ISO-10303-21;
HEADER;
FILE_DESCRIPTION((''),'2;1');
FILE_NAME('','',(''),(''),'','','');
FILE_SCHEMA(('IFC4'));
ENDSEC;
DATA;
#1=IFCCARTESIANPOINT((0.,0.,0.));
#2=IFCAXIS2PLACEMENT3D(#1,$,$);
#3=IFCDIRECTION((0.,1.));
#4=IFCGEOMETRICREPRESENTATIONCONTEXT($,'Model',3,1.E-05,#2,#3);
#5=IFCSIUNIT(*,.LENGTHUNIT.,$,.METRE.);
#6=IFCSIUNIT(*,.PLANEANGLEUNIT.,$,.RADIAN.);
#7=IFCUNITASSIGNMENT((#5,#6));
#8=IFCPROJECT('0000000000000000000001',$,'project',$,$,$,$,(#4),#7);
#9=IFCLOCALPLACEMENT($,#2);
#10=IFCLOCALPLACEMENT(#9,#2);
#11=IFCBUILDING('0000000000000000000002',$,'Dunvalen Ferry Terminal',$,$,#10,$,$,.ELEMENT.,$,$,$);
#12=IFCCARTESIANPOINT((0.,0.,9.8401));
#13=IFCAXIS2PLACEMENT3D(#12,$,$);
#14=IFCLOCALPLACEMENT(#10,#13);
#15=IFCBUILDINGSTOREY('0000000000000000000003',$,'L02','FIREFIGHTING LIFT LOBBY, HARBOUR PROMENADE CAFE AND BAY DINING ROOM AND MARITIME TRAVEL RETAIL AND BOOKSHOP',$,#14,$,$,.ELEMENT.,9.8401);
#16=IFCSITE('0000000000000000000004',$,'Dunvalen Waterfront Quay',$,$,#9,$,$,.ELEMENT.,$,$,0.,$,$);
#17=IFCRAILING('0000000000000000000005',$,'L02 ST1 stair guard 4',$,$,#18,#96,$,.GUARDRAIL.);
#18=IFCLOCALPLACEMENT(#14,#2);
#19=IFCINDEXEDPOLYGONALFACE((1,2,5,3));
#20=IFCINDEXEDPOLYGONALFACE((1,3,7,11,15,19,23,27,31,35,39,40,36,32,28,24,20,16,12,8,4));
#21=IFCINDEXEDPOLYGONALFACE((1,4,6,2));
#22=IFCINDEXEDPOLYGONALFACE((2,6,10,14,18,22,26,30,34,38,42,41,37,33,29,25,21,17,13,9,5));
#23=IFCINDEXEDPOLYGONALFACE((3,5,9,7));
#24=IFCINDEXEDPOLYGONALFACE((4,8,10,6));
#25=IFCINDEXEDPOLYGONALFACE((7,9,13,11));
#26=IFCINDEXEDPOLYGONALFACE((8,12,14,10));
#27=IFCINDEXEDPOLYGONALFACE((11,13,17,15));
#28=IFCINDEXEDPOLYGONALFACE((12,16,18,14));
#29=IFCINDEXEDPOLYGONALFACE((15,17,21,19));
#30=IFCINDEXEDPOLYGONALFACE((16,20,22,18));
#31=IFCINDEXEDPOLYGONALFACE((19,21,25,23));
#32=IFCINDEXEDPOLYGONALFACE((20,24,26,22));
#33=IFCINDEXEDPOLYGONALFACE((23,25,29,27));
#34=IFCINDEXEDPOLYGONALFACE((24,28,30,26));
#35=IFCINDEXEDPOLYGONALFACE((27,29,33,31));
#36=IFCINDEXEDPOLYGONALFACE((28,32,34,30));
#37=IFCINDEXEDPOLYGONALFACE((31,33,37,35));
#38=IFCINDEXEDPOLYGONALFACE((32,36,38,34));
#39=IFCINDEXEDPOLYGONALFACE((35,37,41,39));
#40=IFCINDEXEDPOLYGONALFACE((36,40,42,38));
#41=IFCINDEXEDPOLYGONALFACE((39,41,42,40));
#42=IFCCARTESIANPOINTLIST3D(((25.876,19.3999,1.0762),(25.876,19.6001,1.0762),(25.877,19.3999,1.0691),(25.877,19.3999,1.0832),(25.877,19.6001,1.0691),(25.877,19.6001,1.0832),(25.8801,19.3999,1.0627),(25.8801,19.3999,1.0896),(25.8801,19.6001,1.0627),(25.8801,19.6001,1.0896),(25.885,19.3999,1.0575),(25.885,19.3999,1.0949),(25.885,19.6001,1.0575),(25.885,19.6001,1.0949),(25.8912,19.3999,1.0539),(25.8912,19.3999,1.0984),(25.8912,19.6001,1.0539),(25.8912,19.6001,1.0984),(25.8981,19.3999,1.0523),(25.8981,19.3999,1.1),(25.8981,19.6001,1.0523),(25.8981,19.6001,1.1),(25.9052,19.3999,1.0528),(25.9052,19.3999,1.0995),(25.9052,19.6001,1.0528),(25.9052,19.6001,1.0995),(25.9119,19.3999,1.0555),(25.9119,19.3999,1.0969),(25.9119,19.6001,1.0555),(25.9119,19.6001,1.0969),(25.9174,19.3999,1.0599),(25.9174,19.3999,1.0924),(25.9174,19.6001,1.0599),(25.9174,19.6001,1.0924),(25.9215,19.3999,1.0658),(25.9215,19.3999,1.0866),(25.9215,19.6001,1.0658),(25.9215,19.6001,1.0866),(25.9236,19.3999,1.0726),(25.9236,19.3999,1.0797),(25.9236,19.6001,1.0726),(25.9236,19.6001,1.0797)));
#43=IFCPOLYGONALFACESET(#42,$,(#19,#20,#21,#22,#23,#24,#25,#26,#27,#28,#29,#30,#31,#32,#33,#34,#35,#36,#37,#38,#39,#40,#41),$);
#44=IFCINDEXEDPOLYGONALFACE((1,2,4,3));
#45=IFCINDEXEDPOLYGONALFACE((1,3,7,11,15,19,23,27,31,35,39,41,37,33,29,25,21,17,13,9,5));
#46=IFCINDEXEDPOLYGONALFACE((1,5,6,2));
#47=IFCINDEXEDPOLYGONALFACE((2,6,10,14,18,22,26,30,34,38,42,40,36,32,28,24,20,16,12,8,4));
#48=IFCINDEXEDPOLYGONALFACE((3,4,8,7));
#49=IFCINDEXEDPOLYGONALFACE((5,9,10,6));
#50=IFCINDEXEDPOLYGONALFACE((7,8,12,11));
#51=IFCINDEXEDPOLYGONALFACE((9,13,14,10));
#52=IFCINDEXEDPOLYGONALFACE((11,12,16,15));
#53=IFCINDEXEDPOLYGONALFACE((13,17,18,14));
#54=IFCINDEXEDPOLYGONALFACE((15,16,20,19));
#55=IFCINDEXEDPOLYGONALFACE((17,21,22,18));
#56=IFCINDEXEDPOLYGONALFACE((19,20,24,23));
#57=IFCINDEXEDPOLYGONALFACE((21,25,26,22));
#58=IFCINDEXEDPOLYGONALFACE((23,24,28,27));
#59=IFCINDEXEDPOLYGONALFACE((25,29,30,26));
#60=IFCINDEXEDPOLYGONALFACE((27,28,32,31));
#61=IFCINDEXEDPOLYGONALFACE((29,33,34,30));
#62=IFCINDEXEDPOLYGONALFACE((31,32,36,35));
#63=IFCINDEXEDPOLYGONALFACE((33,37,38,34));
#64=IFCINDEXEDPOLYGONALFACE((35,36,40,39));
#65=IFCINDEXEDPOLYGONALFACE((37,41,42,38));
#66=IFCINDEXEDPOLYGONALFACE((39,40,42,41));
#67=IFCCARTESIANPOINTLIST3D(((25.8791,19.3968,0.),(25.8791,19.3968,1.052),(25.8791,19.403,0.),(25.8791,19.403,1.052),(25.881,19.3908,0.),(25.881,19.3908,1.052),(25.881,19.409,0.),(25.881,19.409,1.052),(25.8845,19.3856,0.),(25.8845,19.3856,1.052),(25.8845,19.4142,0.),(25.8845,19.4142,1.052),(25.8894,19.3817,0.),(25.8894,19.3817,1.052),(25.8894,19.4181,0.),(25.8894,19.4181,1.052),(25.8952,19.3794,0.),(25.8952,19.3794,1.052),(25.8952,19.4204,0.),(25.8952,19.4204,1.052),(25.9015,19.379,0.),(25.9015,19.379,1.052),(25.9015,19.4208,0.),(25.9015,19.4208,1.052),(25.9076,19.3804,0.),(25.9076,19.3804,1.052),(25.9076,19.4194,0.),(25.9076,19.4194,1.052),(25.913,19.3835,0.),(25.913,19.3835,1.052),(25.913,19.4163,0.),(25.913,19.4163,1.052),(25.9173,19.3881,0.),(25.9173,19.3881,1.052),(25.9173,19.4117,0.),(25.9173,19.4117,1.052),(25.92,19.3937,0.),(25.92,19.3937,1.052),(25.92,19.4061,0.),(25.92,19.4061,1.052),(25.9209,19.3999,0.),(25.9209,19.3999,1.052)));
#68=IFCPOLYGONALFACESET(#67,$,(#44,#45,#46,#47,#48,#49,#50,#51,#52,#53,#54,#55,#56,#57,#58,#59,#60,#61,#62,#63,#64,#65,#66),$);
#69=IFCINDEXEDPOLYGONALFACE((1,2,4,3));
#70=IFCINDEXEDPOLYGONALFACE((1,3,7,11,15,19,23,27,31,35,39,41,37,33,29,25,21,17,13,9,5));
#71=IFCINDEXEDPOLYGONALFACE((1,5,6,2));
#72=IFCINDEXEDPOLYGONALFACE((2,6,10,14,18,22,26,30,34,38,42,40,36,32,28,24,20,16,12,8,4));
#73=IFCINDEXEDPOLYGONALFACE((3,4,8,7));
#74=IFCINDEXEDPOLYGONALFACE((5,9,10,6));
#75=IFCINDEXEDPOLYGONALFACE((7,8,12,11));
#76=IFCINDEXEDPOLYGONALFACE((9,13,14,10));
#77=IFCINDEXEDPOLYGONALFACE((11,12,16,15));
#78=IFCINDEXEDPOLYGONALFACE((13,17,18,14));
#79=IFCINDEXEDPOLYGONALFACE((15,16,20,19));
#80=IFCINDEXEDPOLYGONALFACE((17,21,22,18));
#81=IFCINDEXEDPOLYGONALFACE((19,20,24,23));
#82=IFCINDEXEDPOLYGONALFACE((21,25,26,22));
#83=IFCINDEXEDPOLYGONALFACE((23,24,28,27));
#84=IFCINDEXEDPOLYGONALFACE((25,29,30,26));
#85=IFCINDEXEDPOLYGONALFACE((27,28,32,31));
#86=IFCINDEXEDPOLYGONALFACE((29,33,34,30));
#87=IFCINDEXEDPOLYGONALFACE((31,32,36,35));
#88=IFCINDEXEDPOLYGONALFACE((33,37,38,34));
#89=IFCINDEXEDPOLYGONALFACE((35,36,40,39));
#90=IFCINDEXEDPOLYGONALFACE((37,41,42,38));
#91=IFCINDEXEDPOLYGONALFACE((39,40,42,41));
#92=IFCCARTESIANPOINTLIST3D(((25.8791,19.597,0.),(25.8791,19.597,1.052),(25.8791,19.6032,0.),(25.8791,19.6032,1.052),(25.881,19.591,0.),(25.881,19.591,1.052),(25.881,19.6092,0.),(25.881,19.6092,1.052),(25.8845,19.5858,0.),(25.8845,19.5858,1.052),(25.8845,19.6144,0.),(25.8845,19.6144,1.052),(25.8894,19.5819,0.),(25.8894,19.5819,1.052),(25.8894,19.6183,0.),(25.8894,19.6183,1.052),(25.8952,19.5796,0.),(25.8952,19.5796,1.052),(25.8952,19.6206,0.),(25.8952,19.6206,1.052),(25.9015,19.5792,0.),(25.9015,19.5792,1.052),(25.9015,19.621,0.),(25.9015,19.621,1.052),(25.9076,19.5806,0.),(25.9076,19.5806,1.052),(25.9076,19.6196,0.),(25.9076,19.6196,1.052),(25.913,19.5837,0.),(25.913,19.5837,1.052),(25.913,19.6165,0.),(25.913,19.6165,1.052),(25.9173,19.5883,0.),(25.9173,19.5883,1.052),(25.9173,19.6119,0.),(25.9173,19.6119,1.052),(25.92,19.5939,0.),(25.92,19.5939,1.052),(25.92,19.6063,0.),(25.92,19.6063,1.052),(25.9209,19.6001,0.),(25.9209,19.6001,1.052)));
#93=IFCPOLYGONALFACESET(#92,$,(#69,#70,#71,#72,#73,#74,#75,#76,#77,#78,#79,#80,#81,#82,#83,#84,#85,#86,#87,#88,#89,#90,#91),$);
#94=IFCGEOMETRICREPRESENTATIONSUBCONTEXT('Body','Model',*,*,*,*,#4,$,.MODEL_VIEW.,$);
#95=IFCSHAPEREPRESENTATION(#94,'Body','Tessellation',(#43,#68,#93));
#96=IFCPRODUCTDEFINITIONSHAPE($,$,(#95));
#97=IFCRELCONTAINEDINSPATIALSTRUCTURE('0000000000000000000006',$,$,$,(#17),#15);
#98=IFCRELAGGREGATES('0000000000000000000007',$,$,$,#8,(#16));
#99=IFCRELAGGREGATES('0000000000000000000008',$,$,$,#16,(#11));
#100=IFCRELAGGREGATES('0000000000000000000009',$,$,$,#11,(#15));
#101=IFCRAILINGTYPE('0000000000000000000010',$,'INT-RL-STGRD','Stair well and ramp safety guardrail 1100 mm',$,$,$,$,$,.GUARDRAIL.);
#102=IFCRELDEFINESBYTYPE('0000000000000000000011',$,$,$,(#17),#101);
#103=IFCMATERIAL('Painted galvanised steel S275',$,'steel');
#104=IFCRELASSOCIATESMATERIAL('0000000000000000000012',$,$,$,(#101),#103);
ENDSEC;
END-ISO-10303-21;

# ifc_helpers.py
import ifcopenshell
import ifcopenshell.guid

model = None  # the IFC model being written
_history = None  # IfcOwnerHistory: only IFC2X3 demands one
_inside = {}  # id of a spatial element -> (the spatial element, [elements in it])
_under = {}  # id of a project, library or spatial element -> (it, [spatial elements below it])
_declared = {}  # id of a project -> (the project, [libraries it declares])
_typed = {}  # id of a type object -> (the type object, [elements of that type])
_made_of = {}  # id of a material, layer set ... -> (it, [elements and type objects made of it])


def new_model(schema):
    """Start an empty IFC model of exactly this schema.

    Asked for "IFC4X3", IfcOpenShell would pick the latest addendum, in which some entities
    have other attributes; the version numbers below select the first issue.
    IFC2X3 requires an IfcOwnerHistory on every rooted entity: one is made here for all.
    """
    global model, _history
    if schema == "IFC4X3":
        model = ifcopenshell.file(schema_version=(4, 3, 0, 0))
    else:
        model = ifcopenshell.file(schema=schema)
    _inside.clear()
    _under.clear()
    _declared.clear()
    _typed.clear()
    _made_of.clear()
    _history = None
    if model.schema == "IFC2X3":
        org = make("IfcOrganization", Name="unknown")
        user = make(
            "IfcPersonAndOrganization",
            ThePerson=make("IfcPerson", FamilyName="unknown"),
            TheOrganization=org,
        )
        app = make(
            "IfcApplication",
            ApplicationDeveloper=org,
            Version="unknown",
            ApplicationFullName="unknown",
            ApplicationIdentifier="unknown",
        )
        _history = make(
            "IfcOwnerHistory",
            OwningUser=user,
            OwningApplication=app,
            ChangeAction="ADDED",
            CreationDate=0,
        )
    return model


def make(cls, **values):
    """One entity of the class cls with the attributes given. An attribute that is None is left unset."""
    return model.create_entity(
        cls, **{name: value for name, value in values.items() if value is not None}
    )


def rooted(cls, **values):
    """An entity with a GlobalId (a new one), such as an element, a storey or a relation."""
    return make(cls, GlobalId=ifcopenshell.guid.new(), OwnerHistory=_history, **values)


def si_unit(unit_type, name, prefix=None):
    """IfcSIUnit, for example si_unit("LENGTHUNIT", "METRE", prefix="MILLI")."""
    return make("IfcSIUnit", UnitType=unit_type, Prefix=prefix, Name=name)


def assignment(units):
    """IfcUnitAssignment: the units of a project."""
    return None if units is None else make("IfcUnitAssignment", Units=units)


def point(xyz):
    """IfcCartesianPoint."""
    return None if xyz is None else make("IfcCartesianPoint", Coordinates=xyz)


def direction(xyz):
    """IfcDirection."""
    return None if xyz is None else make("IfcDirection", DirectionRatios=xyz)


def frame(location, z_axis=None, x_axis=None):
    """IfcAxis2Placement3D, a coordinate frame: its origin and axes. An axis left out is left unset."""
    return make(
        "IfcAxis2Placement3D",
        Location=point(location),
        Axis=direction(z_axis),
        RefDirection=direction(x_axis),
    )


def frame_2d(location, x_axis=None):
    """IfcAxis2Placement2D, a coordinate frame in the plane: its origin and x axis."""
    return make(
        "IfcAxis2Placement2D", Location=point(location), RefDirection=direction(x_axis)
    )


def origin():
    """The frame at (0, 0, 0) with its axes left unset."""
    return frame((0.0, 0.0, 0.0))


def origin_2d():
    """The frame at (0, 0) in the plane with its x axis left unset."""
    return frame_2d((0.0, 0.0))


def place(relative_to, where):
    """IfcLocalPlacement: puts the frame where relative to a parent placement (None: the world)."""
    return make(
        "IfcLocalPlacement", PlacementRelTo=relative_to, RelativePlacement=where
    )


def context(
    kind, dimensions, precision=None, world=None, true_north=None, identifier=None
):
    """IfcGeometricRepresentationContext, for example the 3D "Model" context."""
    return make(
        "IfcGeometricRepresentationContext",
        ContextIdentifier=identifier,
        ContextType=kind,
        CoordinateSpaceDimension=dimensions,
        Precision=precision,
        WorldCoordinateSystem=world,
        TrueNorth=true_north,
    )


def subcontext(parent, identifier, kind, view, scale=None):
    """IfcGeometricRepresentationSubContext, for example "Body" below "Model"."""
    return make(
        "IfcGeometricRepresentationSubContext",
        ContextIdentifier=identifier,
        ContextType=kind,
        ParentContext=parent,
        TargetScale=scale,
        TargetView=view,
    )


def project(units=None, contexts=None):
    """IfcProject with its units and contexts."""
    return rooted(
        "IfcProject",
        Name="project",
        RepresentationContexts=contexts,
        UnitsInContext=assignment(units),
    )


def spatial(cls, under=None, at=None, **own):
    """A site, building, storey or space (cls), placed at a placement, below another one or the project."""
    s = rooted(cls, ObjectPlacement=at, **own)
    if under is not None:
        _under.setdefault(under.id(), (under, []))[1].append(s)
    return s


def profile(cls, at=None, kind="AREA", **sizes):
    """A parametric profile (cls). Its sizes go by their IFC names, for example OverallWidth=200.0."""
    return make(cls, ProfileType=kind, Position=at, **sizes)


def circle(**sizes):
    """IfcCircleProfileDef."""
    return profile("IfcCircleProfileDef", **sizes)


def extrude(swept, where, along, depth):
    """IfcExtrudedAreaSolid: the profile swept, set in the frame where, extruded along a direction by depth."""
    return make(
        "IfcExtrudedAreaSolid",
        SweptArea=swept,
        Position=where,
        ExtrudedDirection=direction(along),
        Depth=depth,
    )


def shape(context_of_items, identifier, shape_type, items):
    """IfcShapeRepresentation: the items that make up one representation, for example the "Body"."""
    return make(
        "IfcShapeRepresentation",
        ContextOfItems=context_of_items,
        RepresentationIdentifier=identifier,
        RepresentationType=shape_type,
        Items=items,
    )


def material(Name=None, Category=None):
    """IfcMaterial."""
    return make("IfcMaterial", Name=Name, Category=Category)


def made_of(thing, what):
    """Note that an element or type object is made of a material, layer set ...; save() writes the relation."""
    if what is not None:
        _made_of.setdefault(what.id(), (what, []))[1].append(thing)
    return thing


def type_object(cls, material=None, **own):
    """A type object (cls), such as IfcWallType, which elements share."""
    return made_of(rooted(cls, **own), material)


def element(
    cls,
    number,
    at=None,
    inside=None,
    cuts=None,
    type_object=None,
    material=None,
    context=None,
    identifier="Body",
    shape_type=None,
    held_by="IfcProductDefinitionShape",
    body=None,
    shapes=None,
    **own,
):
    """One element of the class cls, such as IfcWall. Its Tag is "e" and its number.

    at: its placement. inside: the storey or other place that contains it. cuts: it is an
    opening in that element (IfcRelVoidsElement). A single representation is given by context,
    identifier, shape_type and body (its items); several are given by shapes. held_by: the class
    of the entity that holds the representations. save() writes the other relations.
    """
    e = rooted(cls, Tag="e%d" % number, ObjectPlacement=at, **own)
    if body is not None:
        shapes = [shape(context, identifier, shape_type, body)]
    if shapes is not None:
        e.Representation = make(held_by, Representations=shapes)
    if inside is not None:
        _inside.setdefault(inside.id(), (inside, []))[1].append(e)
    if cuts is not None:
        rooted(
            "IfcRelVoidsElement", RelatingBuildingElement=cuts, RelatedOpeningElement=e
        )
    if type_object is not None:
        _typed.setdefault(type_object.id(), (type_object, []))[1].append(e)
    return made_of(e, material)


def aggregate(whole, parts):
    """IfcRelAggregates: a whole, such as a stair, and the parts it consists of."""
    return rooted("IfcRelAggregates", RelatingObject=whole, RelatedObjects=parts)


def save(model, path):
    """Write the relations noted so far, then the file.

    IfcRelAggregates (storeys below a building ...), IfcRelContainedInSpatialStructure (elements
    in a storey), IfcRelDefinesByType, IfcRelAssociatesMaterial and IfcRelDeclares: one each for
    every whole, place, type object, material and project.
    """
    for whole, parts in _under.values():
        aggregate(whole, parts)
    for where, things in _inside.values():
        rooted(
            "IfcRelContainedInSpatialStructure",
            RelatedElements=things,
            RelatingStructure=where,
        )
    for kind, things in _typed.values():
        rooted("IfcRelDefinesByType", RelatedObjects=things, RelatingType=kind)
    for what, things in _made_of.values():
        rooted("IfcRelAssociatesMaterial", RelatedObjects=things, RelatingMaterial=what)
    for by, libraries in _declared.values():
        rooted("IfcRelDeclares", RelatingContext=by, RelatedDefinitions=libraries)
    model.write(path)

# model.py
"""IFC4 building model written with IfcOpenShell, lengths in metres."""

from ifc_helpers import new_model, si_unit, direction, frame, origin, origin_2d, place, context, subcontext, project, spatial, circle, extrude, material, type_object, element, save


model = new_model("IFC4")

# Units and contexts
model_context = context("Model", 3, precision=1e-05, world=origin(), true_north=direction((0.0, 1.0)))
body_context = subcontext(model_context, "Body", "Model", "MODEL_VIEW")
ifc_project = project(units=[si_unit("LENGTHUNIT", "METRE"), si_unit("PLANEANGLEUNIT", "RADIAN")], contexts=[model_context])

# Site, building, storey
site_placement = place(None, origin())
site = spatial("IfcSite", under=ifc_project, at=site_placement, Name="Dunvalen Waterfront Quay", CompositionType="ELEMENT", RefElevation=0.0)
building_placement = place(site_placement, origin())
building = spatial("IfcBuilding", under=site, at=building_placement, Name="Dunvalen Ferry Terminal", CompositionType="ELEMENT")
storey_placement = place(building_placement, frame((0.0, 0.0, 9.8401)))
storey = spatial("IfcBuildingStorey", under=building, at=storey_placement, Name="L02", Description="FIREFIGHTING LIFT LOBBY, HARBOUR PROMENADE CAFE AND BAY DINING ROOM AND MARITIME TRAVEL RETAIL AND BOOKSHOP", CompositionType="ELEMENT", Elevation=9.8401)

# Railing
ifc_material_1 = material(Name="Painted galvanised steel S275", Category="steel")
railing_type_1 = type_object("IfcRailingType", Name="INT-RL-STGRD", Description="Stair well and ramp safety guardrail 1100 mm", PredefinedType="GUARDRAIL", material=ifc_material_1)
railing_1_placement = place(storey_placement, frame((25.8999, 19.3999, 0.0)))
element("IfcRailing", 1, at=railing_1_placement, inside=storey, type_object=railing_type_1, Name="L02 ST1 stair guard 4", PredefinedType="GUARDRAIL", context=body_context, shape_type="SweptSolid", body=[
    extrude(circle(Radius=0.0239, at=origin_2d()), frame((0.0, 0.0, 1.0762), z_axis=(0.0, 1.0, 0.0), x_axis=(-1.0, 0.0, 0.0)), (0.0, 0.0, 1.0), 0.2002),
    extrude(circle(Radius=0.021, at=origin_2d()), origin(), (0.0, 0.0, 1.0), 1.052),
    extrude(circle(Radius=0.021, at=origin_2d()), frame((0.0, 0.2002, 0.0)), (0.0, 0.0, 1.0), 1.052),
])

save(model, "model.ifc")
